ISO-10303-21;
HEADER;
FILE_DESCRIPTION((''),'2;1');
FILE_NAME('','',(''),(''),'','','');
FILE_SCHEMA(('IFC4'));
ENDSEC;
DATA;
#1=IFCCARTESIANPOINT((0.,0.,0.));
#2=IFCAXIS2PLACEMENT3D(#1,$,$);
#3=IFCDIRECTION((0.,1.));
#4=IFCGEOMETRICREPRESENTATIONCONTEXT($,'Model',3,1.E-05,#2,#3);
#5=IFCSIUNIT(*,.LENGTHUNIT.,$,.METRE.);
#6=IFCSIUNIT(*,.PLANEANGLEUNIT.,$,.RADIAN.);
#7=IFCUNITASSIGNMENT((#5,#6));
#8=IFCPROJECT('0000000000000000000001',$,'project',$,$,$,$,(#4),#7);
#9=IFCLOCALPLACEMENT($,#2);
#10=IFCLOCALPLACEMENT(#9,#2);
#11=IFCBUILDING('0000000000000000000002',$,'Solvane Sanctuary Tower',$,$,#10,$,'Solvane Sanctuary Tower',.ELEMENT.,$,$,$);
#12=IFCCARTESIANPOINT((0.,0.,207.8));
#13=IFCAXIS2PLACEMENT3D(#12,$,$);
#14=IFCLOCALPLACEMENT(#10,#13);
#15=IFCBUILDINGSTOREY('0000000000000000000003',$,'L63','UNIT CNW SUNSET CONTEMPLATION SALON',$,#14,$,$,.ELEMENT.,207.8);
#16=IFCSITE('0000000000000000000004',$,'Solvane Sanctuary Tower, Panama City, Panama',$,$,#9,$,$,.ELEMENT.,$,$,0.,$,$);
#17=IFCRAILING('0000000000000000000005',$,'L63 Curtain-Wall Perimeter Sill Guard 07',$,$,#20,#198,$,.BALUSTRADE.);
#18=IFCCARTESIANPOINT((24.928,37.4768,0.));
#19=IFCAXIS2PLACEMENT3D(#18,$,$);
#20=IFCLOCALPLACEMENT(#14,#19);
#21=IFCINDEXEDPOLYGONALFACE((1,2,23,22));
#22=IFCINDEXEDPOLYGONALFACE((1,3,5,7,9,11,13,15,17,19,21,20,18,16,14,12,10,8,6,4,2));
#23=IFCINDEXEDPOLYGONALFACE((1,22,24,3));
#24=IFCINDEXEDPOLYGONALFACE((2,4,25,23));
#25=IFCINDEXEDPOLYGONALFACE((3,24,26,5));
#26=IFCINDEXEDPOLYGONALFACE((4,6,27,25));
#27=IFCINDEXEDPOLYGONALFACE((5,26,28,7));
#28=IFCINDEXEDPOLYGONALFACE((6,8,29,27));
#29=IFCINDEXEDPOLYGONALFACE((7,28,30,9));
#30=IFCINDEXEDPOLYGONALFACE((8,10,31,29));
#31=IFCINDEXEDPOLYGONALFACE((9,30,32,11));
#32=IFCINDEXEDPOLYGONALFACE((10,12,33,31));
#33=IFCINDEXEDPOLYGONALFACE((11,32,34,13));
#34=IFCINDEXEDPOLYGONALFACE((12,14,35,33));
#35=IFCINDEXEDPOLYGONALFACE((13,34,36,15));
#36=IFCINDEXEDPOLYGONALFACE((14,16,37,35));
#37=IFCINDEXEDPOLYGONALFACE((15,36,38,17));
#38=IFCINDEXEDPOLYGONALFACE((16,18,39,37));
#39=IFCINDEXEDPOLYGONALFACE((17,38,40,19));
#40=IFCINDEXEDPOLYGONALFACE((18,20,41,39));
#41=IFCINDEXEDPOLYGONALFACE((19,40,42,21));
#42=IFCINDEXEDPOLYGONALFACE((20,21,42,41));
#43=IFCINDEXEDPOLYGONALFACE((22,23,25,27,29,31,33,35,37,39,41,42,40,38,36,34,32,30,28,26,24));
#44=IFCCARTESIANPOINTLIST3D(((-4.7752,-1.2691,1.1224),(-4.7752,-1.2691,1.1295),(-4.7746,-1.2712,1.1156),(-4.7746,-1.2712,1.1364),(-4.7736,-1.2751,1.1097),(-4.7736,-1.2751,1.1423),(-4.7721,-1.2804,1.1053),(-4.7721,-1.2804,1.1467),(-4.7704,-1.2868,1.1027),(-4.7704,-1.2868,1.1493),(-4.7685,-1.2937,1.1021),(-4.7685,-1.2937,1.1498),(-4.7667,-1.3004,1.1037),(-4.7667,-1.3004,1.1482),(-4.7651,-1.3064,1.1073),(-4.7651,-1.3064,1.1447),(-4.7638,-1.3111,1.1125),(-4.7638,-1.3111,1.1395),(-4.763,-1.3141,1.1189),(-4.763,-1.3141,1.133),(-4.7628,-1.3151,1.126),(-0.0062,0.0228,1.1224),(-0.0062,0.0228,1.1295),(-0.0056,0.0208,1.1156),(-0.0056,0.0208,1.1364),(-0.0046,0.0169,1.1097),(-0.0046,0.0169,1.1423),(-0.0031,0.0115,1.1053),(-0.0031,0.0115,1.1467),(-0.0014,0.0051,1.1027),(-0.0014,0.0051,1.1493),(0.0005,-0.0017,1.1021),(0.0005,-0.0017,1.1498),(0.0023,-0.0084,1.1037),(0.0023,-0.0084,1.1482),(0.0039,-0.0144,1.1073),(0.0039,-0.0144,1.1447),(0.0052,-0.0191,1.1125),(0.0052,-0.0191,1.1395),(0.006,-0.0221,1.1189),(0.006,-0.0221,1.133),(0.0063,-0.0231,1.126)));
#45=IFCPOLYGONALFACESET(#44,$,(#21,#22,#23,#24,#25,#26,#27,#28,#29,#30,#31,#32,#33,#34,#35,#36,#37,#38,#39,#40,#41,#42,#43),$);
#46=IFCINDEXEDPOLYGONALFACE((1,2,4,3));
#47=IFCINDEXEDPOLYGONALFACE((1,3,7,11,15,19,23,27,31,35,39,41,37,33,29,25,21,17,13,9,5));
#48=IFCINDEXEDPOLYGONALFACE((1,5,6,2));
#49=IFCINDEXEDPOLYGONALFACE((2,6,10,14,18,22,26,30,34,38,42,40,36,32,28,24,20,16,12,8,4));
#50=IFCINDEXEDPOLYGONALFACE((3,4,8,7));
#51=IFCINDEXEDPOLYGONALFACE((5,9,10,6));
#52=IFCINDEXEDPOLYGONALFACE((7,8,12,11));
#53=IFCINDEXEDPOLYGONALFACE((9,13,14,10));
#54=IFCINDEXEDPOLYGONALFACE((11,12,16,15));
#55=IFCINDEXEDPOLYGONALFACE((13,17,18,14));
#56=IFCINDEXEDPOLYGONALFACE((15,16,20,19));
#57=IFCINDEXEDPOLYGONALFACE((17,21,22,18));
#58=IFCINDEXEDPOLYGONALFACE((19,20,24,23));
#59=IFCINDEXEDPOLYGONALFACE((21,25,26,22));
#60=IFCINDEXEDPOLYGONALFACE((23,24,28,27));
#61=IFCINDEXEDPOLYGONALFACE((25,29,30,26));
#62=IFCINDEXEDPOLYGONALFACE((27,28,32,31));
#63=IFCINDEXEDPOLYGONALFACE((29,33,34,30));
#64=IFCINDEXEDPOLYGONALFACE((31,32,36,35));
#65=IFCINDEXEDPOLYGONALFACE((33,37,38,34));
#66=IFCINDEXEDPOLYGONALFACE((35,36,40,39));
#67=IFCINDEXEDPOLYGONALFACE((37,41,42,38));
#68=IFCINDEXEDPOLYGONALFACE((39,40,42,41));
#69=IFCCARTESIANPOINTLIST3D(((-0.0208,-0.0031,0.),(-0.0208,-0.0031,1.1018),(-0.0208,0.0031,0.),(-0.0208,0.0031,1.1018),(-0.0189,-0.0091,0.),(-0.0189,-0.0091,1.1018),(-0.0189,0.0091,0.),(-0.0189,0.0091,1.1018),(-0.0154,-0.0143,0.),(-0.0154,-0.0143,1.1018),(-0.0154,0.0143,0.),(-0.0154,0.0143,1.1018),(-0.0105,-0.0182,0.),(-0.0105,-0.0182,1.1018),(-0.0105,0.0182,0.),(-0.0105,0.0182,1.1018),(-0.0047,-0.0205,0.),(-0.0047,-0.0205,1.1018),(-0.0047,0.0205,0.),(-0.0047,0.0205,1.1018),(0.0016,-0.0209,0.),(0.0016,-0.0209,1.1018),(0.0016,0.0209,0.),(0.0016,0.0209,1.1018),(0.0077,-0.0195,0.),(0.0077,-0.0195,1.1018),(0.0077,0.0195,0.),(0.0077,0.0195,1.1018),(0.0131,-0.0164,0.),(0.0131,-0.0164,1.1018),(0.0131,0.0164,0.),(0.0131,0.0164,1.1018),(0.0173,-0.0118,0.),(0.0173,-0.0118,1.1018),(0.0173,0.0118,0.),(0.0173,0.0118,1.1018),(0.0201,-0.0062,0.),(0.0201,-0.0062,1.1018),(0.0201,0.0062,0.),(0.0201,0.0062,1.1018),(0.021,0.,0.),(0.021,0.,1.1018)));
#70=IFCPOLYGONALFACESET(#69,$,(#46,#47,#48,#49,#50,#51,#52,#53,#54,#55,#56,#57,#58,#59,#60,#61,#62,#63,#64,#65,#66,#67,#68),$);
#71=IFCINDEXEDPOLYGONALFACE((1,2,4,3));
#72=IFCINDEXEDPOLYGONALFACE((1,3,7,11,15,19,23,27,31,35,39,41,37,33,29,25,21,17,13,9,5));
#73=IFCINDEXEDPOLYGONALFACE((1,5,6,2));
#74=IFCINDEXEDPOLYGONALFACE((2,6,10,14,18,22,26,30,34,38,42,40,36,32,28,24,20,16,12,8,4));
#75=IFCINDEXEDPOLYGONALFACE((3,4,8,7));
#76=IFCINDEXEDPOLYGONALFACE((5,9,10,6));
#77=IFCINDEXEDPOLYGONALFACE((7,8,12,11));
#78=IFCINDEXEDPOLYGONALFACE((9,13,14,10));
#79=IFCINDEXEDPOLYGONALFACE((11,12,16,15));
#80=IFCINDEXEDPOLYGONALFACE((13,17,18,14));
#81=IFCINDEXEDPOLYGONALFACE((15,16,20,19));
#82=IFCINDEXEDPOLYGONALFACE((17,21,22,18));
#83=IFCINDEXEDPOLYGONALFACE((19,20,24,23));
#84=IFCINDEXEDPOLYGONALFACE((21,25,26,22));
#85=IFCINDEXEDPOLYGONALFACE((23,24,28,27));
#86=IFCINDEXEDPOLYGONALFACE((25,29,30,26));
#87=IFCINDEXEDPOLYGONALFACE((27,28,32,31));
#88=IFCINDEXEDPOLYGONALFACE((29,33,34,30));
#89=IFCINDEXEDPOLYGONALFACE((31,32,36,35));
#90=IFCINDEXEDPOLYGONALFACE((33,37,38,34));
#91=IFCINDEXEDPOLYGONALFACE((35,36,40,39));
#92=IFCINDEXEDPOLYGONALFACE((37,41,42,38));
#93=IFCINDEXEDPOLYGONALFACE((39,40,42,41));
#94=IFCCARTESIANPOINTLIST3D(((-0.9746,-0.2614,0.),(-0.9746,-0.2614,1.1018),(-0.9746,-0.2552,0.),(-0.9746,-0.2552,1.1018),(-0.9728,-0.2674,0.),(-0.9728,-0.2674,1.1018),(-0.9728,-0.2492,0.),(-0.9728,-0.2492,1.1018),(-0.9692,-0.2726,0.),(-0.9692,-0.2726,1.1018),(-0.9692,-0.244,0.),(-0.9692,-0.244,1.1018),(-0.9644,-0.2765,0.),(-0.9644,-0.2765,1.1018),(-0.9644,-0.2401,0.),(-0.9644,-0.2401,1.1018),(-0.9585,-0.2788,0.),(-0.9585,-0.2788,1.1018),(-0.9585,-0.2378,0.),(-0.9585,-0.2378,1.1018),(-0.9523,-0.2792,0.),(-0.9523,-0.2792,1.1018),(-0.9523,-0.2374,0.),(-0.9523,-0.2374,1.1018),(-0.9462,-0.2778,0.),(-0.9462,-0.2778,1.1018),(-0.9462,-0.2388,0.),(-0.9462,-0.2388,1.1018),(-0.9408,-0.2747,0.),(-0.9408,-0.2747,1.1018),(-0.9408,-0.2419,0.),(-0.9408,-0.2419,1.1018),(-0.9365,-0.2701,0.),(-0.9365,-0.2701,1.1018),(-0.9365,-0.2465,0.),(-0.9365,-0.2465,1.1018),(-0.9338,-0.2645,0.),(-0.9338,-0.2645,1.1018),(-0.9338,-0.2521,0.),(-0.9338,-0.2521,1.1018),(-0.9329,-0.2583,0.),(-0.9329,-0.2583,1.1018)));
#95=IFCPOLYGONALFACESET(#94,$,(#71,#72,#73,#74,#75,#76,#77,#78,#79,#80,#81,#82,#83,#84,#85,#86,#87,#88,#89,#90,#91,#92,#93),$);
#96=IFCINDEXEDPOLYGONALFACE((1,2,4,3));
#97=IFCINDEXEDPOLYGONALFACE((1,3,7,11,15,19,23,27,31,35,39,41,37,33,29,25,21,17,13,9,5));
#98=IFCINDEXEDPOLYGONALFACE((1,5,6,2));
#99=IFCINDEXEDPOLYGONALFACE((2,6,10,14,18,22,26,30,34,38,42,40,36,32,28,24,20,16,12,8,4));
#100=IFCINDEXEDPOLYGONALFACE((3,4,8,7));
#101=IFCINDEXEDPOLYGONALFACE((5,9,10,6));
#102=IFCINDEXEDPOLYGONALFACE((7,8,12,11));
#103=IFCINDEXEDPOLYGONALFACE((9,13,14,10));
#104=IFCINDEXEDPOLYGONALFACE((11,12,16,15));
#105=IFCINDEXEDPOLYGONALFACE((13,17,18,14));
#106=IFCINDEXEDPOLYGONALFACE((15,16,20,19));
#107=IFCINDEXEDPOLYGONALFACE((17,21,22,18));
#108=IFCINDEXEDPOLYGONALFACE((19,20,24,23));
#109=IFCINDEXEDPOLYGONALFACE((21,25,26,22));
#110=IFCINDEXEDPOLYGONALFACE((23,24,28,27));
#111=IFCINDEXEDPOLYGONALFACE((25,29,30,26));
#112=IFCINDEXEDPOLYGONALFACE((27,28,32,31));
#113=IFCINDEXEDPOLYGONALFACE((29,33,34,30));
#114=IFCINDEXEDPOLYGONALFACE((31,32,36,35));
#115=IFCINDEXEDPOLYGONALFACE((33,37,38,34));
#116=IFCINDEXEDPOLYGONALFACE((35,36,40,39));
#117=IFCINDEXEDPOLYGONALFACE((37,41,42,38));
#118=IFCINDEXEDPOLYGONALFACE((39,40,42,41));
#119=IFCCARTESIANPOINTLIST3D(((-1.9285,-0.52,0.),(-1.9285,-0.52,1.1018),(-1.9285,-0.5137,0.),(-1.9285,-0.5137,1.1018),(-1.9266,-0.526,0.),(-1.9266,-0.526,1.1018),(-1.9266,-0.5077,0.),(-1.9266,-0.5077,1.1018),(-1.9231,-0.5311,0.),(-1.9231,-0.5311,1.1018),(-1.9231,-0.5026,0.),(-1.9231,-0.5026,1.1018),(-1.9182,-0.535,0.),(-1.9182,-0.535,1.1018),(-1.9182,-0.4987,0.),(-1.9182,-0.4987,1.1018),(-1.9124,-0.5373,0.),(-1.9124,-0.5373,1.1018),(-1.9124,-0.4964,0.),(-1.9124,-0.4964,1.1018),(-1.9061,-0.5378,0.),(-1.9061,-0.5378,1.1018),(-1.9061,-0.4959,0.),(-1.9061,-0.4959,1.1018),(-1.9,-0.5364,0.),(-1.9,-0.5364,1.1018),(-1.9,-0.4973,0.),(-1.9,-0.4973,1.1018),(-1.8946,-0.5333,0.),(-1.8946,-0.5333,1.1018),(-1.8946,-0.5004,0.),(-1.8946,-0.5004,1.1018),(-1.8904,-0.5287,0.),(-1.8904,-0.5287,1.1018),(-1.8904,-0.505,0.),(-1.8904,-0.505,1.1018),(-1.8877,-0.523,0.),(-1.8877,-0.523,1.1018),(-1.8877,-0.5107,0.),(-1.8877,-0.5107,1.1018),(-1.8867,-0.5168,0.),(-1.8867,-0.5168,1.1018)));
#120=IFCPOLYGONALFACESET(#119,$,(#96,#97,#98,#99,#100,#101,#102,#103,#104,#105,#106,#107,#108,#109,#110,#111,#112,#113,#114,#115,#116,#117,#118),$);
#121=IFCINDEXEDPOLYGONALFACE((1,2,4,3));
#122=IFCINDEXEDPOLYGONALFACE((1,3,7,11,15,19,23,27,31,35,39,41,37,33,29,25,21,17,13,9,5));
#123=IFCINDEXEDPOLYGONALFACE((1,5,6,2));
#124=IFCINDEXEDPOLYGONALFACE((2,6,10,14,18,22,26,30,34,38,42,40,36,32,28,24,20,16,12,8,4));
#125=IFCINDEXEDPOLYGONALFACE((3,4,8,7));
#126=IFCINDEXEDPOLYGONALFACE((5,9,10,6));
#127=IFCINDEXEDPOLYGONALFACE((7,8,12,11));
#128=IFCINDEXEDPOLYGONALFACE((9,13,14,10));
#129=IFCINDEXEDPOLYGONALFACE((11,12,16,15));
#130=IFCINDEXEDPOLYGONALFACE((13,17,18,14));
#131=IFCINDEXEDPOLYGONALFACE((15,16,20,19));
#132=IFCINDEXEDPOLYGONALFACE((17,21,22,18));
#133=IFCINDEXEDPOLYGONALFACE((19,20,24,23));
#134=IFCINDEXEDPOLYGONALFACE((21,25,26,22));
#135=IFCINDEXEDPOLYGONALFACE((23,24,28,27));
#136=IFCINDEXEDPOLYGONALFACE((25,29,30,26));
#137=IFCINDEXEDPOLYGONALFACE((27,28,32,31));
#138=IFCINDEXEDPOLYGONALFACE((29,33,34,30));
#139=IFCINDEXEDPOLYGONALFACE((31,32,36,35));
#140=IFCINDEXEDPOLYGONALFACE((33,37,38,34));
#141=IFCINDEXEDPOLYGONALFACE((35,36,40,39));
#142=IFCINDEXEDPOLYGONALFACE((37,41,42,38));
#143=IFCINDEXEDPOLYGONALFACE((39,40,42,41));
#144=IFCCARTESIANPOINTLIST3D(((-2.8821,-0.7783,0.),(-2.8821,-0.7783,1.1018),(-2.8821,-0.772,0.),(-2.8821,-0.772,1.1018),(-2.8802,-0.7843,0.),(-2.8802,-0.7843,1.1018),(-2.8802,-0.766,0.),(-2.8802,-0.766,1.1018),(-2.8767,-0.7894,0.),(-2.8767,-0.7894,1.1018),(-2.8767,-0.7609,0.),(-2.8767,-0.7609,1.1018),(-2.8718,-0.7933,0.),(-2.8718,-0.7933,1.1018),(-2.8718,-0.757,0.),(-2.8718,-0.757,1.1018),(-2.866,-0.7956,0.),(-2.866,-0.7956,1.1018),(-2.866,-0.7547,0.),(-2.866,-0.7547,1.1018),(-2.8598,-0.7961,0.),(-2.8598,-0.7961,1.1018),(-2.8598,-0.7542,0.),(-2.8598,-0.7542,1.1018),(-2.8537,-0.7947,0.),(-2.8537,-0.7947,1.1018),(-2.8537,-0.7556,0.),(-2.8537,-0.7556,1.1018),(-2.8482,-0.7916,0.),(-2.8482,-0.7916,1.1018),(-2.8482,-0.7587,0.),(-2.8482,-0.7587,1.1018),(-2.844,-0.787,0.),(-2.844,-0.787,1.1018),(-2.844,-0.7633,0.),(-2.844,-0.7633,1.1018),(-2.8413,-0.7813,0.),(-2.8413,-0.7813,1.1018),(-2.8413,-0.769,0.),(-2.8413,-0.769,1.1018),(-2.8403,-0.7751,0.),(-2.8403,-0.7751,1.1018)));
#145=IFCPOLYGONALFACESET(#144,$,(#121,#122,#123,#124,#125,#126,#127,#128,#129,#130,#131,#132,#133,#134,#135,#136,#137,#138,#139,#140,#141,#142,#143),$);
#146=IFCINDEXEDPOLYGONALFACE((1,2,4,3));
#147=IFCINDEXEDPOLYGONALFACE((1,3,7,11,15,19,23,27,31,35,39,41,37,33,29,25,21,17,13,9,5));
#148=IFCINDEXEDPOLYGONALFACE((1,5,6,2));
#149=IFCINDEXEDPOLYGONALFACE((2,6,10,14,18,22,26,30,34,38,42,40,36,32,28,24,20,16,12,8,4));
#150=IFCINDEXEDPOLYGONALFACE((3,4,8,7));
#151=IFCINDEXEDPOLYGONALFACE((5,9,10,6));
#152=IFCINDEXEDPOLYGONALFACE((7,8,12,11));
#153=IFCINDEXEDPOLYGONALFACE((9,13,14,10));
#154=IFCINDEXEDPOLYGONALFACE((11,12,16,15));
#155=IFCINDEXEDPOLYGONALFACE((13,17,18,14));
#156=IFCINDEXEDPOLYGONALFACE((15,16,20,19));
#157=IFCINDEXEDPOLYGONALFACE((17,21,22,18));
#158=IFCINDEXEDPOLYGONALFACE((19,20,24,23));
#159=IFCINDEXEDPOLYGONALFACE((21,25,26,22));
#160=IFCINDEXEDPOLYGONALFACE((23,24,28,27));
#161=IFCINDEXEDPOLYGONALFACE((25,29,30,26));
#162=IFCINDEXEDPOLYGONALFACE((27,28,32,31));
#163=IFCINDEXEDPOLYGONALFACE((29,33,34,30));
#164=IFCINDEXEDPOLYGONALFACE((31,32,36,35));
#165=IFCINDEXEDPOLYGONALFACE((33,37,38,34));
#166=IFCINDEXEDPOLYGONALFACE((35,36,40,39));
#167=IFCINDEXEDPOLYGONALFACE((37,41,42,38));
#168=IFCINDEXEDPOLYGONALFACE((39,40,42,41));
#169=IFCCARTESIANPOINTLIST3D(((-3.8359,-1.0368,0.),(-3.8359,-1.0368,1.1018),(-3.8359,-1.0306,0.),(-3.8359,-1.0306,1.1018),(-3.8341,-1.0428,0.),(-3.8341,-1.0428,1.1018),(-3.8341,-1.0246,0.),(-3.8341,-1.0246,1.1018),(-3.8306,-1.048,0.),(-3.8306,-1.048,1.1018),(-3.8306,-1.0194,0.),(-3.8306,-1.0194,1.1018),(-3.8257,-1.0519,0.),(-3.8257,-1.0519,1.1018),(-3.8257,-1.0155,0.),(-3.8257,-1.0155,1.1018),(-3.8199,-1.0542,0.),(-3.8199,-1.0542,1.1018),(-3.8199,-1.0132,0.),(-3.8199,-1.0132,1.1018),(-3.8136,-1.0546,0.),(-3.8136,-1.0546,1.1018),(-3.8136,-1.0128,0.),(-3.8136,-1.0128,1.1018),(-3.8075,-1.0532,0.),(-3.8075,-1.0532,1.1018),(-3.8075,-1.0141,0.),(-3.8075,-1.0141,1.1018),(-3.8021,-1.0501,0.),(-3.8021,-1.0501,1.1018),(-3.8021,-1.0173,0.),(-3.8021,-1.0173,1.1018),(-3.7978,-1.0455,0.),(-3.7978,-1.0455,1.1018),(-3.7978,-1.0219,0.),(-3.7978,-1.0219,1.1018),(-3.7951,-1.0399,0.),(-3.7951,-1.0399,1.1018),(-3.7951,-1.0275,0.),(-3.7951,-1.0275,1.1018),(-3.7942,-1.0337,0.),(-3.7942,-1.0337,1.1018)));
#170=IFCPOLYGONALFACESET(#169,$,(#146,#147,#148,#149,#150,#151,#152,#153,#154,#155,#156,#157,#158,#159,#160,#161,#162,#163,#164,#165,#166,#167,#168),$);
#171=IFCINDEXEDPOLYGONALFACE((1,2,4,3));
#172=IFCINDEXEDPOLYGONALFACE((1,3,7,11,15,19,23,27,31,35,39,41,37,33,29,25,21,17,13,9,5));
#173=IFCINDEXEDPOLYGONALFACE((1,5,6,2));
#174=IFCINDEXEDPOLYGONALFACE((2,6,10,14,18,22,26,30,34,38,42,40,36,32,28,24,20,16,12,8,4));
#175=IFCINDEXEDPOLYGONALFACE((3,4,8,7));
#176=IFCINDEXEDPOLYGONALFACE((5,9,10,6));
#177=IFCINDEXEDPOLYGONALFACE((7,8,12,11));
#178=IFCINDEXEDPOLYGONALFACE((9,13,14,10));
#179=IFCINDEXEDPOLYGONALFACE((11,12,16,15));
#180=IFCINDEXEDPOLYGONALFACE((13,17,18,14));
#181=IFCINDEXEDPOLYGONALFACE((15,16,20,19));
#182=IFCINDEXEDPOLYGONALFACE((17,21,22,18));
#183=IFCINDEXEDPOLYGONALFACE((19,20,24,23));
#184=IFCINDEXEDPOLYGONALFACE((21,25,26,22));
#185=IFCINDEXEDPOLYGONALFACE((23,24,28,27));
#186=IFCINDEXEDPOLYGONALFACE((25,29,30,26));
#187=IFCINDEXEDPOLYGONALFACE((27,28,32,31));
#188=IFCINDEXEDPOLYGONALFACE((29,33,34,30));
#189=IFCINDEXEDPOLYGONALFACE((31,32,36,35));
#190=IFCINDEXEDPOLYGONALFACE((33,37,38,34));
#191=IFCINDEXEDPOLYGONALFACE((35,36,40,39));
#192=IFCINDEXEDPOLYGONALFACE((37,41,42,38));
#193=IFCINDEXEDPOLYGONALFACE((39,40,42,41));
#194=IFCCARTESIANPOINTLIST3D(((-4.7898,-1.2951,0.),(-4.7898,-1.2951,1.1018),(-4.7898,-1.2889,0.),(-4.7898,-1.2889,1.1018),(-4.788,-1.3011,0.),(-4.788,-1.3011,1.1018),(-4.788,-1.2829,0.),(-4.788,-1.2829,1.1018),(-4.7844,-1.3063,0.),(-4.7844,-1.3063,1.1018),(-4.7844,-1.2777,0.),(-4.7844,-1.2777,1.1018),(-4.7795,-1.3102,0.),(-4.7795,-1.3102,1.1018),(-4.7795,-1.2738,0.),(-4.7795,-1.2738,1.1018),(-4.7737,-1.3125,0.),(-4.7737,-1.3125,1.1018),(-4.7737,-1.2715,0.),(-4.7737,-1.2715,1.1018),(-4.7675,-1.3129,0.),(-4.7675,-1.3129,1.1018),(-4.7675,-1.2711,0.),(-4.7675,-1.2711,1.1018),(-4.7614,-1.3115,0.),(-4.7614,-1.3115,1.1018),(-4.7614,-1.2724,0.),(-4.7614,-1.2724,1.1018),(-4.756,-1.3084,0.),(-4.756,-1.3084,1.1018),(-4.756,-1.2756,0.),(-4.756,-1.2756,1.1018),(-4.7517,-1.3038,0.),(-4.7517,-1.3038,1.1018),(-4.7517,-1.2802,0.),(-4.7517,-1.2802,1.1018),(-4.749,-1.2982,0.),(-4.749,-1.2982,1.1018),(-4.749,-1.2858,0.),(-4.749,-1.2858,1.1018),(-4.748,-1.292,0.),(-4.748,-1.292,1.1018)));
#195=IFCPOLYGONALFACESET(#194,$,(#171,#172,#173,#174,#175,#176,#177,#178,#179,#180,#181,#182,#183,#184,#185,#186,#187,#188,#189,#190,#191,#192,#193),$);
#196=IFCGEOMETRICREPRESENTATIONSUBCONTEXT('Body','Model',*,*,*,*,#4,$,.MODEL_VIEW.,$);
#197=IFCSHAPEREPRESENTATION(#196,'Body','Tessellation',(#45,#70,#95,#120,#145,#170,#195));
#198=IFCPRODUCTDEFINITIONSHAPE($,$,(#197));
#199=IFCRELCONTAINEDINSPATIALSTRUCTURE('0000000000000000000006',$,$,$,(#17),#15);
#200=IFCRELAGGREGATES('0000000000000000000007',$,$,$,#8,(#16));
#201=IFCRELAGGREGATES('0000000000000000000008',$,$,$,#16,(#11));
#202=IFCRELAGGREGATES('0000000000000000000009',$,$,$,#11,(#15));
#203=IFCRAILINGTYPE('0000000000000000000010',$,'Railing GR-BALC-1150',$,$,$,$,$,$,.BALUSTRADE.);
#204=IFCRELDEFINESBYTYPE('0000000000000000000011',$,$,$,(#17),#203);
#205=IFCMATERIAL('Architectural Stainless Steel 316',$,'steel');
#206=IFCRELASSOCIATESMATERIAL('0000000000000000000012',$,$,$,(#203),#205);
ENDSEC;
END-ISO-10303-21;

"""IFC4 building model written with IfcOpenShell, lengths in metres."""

from ifc_helpers import new_model, si_unit, direction, frame, origin, origin_2d, place, context, subcontext, project, spatial, circle, extrude, material, type_object, element, save


model = new_model("IFC4")

# Units and contexts
model_context = context("Model", 3, precision=1e-05, world=origin(), true_north=direction((0.0, 1.0)))
body_context = subcontext(model_context, "Body", "Model", "MODEL_VIEW")
ifc_project = project(units=[si_unit("LENGTHUNIT", "METRE"), si_unit("PLANEANGLEUNIT", "RADIAN")], contexts=[model_context])

# Site, building, storey
site_placement = place(None, origin())
site = spatial("IfcSite", under=ifc_project, at=site_placement, Name="Solvane Sanctuary Tower, Panama City, Panama", CompositionType="ELEMENT", RefElevation=0.0)
building_placement = place(site_placement, origin())
building = spatial("IfcBuilding", under=site, at=building_placement, Name="Solvane Sanctuary Tower", LongName="Solvane Sanctuary Tower", CompositionType="ELEMENT")
storey_placement = place(building_placement, frame((0.0, 0.0, 207.8)))
storey = spatial("IfcBuildingStorey", under=building, at=storey_placement, Name="L63", Description="UNIT CNW SUNSET CONTEMPLATION SALON", CompositionType="ELEMENT", Elevation=207.8)

# Railing
ifc_material_1 = material(Name="Architectural Stainless Steel 316", Category="steel")
railing_type = type_object("IfcRailingType", Name="Railing GR-BALC-1150", PredefinedType="BALUSTRADE", material=ifc_material_1)
railing_placement = place(storey_placement, frame((24.928, 37.4768, 0.0)))
element("IfcRailing", 1, at=railing_placement, inside=storey, type_object=railing_type, Name="L63 Curtain-Wall Perimeter Sill Guard 07", PredefinedType="BALUSTRADE", context=body_context, shape_type="SweptSolid", body=[
    extrude(circle(Radius=0.0239, at=origin_2d()), frame((0.0, 0.0, 1.126), z_axis=(-0.965207, -0.261486, 0.0), x_axis=(0.261486, -0.965207, 0.0)), (0.0, 0.0, 1.0), 4.9409),
    extrude(circle(Radius=0.021, at=origin_2d()), origin(), (0.0, 0.0, 1.0), 1.1018),
    extrude(circle(Radius=0.021, at=origin_2d()), frame((-0.9539, -0.2583, 0.0)), (0.0, 0.0, 1.0), 1.1018),
    extrude(circle(Radius=0.021, at=origin_2d()), frame((-1.9077, -0.5168, 0.0)), (0.0, 0.0, 1.0), 1.1018),
    extrude(circle(Radius=0.021, at=origin_2d()), frame((-2.8613, -0.7751, 0.0)), (0.0, 0.0, 1.0), 1.1018),
    extrude(circle(Radius=0.021, at=origin_2d()), frame((-3.8152, -1.0337, 0.0)), (0.0, 0.0, 1.0), 1.1018),
    extrude(circle(Radius=0.021, at=origin_2d()), frame((-4.769, -1.292, 0.0)), (0.0, 0.0, 1.0), 1.1018),
])

save(model, "model.ifc")
